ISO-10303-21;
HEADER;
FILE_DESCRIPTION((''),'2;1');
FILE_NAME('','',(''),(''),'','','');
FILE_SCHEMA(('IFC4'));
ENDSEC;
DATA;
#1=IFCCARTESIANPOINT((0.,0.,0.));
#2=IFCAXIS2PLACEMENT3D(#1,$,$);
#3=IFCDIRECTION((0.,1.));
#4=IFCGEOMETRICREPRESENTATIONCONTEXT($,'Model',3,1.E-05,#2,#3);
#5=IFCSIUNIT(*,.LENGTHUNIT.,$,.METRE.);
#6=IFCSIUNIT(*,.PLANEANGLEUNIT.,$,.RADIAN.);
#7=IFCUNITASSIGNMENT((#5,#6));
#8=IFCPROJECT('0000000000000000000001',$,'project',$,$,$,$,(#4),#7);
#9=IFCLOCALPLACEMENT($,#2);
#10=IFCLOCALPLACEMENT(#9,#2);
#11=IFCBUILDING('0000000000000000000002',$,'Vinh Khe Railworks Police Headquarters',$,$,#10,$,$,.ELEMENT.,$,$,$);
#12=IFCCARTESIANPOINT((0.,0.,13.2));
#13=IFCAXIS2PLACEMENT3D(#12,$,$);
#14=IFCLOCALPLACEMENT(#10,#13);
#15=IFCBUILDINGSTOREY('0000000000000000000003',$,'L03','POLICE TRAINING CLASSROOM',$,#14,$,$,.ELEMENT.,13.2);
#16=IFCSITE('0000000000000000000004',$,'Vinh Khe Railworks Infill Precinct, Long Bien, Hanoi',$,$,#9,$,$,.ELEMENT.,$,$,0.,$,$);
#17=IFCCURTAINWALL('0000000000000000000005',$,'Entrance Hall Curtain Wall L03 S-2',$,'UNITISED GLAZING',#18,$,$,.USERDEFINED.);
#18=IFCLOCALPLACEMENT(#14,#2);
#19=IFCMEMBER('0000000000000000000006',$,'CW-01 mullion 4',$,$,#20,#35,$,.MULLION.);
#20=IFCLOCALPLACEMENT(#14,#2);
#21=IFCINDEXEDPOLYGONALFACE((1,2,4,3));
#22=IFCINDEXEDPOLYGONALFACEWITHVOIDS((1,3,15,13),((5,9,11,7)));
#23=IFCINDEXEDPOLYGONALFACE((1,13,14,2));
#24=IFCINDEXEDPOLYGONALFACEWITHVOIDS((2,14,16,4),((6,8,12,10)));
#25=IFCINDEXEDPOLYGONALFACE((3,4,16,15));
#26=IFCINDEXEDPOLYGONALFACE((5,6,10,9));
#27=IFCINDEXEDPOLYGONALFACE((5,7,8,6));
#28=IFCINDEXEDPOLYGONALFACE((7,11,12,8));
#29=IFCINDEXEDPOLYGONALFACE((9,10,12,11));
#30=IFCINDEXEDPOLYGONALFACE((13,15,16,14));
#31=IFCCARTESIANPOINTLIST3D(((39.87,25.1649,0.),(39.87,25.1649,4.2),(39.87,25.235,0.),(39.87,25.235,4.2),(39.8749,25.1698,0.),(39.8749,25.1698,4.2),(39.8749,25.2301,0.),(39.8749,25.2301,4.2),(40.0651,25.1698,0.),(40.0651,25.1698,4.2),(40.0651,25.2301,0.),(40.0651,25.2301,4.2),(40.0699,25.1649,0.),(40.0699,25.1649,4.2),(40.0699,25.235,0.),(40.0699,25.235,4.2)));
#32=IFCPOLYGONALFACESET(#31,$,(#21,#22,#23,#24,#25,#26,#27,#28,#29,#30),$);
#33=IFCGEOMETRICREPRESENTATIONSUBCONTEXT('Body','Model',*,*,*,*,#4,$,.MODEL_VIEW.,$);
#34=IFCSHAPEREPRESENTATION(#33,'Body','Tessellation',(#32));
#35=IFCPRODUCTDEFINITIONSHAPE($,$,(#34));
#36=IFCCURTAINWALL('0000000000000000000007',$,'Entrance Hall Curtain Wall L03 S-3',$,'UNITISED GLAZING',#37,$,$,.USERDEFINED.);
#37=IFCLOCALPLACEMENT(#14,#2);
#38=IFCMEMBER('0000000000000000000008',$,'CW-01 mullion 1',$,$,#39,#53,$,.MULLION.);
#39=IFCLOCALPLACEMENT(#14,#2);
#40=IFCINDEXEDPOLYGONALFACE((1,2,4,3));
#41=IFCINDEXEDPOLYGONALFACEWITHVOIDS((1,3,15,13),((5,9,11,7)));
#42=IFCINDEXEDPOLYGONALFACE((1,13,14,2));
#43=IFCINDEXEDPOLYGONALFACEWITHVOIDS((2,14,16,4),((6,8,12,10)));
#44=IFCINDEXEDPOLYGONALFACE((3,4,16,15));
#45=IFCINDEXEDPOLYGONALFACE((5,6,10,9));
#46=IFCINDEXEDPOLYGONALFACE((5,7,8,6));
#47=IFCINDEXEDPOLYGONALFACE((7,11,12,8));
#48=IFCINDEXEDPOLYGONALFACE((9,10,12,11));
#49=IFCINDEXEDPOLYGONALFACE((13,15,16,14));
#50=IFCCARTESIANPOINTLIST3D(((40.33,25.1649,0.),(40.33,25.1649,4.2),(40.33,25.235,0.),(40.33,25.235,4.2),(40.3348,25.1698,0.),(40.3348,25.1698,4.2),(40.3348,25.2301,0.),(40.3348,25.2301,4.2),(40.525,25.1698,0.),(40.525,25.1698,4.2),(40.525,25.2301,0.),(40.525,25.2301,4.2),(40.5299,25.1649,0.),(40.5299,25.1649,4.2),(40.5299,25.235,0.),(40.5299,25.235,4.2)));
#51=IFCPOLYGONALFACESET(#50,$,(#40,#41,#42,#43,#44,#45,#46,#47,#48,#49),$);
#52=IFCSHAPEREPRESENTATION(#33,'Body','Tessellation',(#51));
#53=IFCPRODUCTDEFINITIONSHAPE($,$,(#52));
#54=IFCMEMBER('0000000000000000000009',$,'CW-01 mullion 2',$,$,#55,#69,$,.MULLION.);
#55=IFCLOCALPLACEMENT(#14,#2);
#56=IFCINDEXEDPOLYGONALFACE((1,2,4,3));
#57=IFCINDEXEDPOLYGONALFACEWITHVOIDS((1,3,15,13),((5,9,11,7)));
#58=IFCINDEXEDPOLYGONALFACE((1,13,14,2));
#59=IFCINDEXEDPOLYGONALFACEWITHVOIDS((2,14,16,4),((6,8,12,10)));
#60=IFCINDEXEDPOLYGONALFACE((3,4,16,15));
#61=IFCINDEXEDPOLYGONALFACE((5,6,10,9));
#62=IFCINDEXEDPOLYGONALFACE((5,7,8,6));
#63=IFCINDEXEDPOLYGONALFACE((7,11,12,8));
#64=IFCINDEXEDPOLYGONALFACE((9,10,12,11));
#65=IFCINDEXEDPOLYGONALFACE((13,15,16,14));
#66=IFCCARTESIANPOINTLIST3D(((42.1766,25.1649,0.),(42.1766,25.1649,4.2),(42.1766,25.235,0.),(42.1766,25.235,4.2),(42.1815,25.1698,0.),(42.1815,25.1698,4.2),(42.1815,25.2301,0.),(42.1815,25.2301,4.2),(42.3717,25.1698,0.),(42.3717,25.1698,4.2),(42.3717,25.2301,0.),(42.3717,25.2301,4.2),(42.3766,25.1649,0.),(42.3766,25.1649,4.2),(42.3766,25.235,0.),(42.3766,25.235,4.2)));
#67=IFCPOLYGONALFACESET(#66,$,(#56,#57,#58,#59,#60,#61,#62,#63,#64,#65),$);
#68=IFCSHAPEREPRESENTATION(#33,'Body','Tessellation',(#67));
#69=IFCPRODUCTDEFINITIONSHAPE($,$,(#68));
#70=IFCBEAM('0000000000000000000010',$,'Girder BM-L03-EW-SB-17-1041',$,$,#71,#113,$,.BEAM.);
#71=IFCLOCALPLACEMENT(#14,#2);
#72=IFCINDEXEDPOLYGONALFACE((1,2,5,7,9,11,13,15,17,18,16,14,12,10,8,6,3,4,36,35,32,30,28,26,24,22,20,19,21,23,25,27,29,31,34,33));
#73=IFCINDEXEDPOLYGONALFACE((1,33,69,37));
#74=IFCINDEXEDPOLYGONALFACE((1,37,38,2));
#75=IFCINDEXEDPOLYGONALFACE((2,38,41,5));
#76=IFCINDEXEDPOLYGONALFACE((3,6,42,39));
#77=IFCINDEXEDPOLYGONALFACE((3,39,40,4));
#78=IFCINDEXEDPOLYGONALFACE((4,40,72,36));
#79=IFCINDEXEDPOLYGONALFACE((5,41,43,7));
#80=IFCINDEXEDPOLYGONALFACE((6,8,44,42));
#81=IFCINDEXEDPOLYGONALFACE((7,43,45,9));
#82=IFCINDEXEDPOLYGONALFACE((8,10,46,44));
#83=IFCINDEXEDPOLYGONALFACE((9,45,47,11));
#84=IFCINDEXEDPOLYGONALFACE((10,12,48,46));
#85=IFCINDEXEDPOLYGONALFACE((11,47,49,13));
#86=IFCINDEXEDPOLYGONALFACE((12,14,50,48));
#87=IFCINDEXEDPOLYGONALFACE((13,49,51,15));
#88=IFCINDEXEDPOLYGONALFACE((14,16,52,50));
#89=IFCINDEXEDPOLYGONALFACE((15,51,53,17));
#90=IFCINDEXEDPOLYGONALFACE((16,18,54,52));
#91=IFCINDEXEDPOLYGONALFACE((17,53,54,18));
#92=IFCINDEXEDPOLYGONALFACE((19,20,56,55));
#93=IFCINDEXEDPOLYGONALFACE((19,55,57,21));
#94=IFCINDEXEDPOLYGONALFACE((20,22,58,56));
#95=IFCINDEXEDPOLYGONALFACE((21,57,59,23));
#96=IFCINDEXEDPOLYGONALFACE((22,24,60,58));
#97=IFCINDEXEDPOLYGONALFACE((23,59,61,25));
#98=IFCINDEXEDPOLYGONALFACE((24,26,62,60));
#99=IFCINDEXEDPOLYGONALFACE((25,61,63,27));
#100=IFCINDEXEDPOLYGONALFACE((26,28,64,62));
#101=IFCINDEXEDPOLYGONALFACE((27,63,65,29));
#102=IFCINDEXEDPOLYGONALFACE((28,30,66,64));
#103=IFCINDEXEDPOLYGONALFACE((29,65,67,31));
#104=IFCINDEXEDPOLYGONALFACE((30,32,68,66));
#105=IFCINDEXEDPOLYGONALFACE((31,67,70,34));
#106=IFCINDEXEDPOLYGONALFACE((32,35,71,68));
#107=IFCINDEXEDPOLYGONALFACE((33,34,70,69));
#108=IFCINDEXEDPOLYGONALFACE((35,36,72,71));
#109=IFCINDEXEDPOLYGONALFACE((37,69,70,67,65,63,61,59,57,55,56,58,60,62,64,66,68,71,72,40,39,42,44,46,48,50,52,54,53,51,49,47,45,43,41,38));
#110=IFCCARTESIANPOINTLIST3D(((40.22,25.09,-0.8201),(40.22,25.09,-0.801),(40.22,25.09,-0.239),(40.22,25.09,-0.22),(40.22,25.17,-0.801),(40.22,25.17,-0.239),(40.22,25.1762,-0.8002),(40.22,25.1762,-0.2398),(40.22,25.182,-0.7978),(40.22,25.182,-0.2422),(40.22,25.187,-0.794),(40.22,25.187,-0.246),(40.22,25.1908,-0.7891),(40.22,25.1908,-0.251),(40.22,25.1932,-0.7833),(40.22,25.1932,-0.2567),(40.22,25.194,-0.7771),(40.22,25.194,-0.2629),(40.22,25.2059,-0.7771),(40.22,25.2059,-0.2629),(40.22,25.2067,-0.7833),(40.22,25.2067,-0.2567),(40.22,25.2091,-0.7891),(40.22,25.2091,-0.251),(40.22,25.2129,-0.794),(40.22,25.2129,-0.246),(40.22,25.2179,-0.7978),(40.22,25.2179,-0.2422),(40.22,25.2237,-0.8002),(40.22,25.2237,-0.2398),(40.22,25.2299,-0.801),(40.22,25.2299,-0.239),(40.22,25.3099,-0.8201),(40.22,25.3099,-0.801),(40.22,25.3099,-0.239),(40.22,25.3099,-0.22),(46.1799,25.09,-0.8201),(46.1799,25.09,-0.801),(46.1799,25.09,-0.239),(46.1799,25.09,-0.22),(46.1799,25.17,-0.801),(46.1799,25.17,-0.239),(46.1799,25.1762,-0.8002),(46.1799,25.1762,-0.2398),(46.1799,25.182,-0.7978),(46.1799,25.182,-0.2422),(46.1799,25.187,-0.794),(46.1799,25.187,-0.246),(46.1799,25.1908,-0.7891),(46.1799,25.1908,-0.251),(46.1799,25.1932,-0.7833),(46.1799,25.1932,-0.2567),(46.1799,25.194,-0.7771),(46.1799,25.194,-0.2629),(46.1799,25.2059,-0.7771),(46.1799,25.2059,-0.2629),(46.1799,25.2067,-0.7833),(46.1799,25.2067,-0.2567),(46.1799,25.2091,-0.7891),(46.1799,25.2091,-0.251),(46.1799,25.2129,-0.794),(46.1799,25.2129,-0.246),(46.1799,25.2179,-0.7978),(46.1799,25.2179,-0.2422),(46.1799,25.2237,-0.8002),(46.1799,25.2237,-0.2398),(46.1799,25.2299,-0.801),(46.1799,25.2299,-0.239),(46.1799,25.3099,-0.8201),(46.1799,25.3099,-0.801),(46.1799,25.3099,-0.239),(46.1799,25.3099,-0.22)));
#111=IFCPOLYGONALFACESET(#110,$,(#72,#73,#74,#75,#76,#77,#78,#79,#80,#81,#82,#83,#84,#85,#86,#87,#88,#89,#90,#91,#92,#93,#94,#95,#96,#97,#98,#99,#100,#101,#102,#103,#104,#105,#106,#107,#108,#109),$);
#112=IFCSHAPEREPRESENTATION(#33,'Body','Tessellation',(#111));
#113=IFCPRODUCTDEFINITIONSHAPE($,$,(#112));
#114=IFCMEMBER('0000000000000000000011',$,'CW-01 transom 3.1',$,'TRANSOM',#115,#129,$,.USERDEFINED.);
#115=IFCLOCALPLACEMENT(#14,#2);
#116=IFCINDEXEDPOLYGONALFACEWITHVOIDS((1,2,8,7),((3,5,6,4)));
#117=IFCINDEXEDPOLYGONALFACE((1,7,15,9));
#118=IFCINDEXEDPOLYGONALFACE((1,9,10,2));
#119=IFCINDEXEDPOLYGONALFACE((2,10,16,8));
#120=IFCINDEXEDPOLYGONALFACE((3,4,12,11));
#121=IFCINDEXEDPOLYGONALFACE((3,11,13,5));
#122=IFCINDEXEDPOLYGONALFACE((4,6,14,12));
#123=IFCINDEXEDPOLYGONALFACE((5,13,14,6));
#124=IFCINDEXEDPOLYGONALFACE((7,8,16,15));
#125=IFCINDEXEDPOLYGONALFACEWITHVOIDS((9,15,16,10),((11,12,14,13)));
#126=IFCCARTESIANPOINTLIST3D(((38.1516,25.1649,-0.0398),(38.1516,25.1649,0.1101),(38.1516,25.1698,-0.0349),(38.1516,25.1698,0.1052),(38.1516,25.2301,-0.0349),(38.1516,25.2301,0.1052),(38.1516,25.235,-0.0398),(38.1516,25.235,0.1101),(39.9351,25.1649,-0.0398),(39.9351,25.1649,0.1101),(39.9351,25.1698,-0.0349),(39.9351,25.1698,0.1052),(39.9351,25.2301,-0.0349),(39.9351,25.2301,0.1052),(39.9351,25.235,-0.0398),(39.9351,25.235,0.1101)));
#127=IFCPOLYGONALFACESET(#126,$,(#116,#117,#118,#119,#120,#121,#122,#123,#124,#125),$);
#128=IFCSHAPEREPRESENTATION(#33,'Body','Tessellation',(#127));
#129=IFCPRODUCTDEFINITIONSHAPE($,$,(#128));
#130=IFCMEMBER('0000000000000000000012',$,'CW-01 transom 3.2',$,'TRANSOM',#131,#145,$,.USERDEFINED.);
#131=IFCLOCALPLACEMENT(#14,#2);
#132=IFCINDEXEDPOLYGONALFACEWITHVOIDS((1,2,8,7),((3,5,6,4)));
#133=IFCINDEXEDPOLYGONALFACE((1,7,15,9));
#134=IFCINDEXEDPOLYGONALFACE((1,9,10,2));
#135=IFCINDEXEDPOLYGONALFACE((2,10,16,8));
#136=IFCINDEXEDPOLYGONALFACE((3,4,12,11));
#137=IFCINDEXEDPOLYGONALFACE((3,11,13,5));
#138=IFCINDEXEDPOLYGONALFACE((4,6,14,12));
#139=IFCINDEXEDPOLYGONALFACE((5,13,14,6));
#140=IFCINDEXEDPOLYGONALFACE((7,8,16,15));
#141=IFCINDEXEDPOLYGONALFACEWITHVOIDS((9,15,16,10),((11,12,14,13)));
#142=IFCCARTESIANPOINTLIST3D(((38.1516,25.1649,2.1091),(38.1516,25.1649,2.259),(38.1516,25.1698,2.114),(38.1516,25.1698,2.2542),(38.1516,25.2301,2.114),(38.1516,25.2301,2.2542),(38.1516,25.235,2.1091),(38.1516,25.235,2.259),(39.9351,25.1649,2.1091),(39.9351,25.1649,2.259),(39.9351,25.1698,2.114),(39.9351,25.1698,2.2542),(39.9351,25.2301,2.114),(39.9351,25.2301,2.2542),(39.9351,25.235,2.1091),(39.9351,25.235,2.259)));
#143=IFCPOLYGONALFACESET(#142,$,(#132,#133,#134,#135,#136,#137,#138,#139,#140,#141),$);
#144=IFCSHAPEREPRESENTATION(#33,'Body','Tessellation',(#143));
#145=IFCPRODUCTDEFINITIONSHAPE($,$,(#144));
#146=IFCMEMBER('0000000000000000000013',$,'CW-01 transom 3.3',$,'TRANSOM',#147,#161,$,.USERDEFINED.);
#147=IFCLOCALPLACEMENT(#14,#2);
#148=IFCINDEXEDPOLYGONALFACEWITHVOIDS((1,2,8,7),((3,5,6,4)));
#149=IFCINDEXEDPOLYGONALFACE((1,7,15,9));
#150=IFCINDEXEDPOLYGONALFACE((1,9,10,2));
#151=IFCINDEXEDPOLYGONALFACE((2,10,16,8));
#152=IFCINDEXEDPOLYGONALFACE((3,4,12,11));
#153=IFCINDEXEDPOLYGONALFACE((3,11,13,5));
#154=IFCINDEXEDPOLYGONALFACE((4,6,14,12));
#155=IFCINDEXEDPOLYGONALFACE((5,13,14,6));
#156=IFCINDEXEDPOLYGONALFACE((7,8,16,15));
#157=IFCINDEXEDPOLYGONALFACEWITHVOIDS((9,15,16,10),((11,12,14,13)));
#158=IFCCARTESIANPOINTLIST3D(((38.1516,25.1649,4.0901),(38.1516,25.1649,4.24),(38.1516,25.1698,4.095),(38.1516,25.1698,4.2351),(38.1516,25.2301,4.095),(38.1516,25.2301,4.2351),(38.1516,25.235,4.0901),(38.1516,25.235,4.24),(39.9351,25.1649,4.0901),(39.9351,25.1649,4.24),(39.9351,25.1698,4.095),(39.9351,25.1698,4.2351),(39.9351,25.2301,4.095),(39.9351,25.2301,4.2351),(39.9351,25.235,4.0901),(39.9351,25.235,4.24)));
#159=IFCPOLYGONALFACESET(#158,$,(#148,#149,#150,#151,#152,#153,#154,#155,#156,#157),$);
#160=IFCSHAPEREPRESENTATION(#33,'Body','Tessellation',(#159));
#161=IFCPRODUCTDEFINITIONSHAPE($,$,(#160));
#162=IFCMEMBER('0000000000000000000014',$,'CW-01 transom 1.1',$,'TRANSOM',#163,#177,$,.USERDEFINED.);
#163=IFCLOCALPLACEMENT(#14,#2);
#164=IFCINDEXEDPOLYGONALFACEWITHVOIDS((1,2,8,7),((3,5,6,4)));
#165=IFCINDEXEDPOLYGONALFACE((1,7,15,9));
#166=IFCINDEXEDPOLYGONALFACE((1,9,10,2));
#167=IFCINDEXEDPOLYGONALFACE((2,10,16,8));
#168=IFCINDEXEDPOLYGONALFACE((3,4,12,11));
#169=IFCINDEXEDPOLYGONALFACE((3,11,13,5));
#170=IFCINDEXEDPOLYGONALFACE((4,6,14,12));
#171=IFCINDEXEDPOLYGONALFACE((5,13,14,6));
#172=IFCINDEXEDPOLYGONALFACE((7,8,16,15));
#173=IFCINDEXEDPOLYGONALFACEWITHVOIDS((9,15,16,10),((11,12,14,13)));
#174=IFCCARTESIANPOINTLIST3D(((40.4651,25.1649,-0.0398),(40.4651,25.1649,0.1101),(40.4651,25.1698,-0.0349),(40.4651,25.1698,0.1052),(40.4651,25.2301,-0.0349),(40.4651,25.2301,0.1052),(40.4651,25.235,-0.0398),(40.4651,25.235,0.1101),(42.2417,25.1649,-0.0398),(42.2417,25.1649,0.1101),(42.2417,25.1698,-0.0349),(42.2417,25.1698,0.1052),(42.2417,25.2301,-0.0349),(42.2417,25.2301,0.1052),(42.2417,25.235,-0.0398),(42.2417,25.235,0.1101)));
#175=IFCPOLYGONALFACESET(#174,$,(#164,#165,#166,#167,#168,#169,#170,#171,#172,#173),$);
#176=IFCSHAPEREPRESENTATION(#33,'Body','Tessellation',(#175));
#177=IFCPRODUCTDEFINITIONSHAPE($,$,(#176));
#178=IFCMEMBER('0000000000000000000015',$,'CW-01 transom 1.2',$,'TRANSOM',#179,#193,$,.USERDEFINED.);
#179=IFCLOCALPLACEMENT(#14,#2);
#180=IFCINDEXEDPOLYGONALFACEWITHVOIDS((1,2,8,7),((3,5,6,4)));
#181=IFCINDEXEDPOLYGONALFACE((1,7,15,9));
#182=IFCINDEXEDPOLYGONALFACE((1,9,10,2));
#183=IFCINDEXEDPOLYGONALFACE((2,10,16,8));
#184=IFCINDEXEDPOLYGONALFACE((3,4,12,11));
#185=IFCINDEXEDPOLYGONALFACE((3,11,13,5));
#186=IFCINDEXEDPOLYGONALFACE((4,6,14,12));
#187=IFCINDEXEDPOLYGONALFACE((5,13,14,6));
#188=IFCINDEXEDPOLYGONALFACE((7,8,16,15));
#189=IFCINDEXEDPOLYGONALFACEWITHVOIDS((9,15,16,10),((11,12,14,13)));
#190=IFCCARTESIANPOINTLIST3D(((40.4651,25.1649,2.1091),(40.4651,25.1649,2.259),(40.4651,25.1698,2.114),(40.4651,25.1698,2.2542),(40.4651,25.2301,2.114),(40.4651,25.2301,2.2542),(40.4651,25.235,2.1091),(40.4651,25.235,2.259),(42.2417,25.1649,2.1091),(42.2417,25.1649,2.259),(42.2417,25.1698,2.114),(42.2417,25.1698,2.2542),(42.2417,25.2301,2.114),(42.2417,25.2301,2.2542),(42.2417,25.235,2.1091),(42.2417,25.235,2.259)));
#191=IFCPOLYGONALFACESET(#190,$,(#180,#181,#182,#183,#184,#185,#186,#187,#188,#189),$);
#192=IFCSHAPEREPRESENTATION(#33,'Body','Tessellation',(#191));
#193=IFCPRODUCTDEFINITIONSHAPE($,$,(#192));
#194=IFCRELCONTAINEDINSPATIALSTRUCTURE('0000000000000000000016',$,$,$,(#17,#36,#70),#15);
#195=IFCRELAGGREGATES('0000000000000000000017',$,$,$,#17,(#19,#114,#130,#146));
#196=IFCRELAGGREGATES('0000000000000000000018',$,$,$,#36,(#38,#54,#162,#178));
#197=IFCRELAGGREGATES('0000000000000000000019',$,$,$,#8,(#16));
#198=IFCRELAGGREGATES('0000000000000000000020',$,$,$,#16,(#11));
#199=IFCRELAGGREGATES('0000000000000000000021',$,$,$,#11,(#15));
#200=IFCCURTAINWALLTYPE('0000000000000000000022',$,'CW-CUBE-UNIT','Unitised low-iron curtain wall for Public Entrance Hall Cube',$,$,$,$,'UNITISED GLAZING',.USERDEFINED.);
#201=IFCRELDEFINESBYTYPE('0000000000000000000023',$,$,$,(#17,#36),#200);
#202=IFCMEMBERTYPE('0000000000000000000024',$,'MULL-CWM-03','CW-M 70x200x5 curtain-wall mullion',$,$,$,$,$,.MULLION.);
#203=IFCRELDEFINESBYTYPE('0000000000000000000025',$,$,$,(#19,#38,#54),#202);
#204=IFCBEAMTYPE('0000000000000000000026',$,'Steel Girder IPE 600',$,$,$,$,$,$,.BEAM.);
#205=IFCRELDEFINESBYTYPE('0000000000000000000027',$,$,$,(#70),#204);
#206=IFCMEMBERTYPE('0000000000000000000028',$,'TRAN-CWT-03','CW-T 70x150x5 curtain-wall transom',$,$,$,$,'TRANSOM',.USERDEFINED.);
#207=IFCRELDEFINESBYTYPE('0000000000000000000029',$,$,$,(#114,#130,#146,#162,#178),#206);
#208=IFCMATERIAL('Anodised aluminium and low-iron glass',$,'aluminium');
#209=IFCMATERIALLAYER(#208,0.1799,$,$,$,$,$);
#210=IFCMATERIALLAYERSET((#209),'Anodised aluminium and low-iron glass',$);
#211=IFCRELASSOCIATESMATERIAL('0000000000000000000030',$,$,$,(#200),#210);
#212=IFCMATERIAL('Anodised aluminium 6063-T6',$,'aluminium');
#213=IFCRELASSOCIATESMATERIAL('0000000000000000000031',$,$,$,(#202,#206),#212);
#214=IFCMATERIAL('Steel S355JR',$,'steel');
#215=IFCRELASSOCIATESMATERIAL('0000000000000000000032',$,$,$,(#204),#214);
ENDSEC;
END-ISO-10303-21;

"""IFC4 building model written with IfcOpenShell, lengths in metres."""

from ifc_helpers import new_model, si_unit, direction, frame, origin, origin_2d, place, context, subcontext, project, spatial, hollow_rectangle, i_section, extrude, material, layer, layer_set, material_profile, profile_set, type_object, element, aggregate, save


model = new_model("IFC4")

# Units and contexts
model_context = context("Model", 3, precision=1e-05, world=origin(), true_north=direction((0.0, 1.0)))
body_context = subcontext(model_context, "Body", "Model", "MODEL_VIEW")
ifc_project = project(units=[si_unit("LENGTHUNIT", "METRE"), si_unit("PLANEANGLEUNIT", "RADIAN")], contexts=[model_context])

# Site, building, storey
site_placement = place(None, origin())
site = spatial("IfcSite", under=ifc_project, at=site_placement, Name="Vinh Khe Railworks Infill Precinct, Long Bien, Hanoi", CompositionType="ELEMENT", RefElevation=0.0)
building_placement = place(site_placement, origin())
building = spatial("IfcBuilding", under=site, at=building_placement, Name="Vinh Khe Railworks Police Headquarters", CompositionType="ELEMENT")
storey_placement = place(building_placement, frame((0.0, 0.0, 13.2)))
storey = spatial("IfcBuildingStorey", under=building, at=storey_placement, Name="L03", Description="POLICE TRAINING CLASSROOM", CompositionType="ELEMENT", Elevation=13.2)

# Shared definitions
ifc_material_1 = material(Name="Steel S355JR", Category="steel")

# Curtain walls, members
ifc_material_2 = material(Name="Anodised aluminium and low-iron glass", Category="aluminium")
ifc_layer_1 = layer(ifc_material_2, 0.1799)
ifc_layer_set_1 = layer_set([ifc_layer_1], Name="Anodised aluminium and low-iron glass")
curtain_wall_type = type_object("IfcCurtainWallType", Name="CW-CUBE-UNIT", Description="Unitised low-iron curtain wall for Public Entrance Hall Cube", ElementType="UNITISED GLAZING", PredefinedType="USERDEFINED", material=ifc_layer_set_1)
curtain_wall_1_placement = place(storey_placement, origin())
curtain_wall_1 = element("IfcCurtainWall", 1, at=curtain_wall_1_placement, inside=storey, type_object=curtain_wall_type, Name="Entrance Hall Curtain Wall L03 S-2", ObjectType="UNITISED GLAZING", PredefinedType="USERDEFINED")
ifc_material_3 = material(Name="Anodised aluminium 6063-T6", Category="aluminium")
ifc_material_profile_1 = material_profile(ifc_material_3, hollow_rectangle(XDim=0.0701, YDim=0.2, WallThickness=0.0049, at=origin_2d()), Name="CW-M 70x200x5")
ifc_profile_set_1 = profile_set([ifc_material_profile_1], Name="Anodised aluminium 6063-T6")
member_type_1 = type_object("IfcMemberType", Name="MULL-CWM-03", Description="CW-M 70x200x5 curtain-wall mullion", PredefinedType="MULLION", material=ifc_profile_set_1)
member_1_placement = place(storey_placement, frame((39.97, 25.2, 0.0), z_axis=(0.0, 0.0, 1.0), x_axis=(0.0, 1.0, 0.0)))
member_1 = element("IfcMember", 2, at=member_1_placement, type_object=member_type_1, Name="CW-01 mullion 4", PredefinedType="MULLION", context=body_context, shape_type="SweptSolid", body=[
    extrude(hollow_rectangle(XDim=0.0701, YDim=0.2, WallThickness=0.0049, at=origin_2d()), origin(), (0.0, 0.0, 1.0), 4.2),
])
curtain_wall_2_placement = place(storey_placement, origin())
curtain_wall_2 = element("IfcCurtainWall", 3, at=curtain_wall_2_placement, inside=storey, type_object=curtain_wall_type, Name="Entrance Hall Curtain Wall L03 S-3", ObjectType="UNITISED GLAZING", PredefinedType="USERDEFINED")
member_2_placement = place(storey_placement, frame((40.4299, 25.2, 0.0), z_axis=(0.0, 0.0, 1.0), x_axis=(0.0, 1.0, 0.0)))
member_2 = element("IfcMember", 4, at=member_2_placement, type_object=member_type_1, Name="CW-01 mullion 1", PredefinedType="MULLION", context=body_context, shape_type="SweptSolid", body=[
    extrude(hollow_rectangle(XDim=0.0701, YDim=0.2, WallThickness=0.0049, at=origin_2d()), origin(), (0.0, 0.0, 1.0), 4.2),
])
member_3_placement = place(storey_placement, frame((42.2766, 25.2, 0.0), z_axis=(0.0, 0.0, 1.0), x_axis=(0.0, 1.0, 0.0)))
member_3 = element("IfcMember", 5, at=member_3_placement, type_object=member_type_1, Name="CW-01 mullion 2", PredefinedType="MULLION", context=body_context, shape_type="SweptSolid", body=[
    extrude(hollow_rectangle(XDim=0.0701, YDim=0.2, WallThickness=0.0049, at=origin_2d()), origin(), (0.0, 0.0, 1.0), 4.2),
])

# Beam
ifc_material_profile_2 = material_profile(ifc_material_1, i_section(OverallWidth=0.22, OverallDepth=0.6001, WebThickness=0.012, FlangeThickness=0.019, FilletRadius=0.0239, at=origin_2d()), Name="IPE 600")
ifc_profile_set_2 = profile_set([ifc_material_profile_2], Name="Steel S355JR")
beam_type = type_object("IfcBeamType", Name="Steel Girder IPE 600", PredefinedType="BEAM", material=ifc_profile_set_2)
beam_placement = place(storey_placement, frame((40.22, 25.2, -0.52), z_axis=(1.0, 0.0, 0.0), x_axis=(0.0, 1.0, 0.0)))
element("IfcBeam", 6, at=beam_placement, inside=storey, type_object=beam_type, Name="Girder BM-L03-EW-SB-17-1041", PredefinedType="BEAM", context=body_context, shape_type="SweptSolid", body=[
    extrude(i_section(OverallWidth=0.22, OverallDepth=0.6001, WebThickness=0.012, FlangeThickness=0.019, FilletRadius=0.0239, at=origin_2d()), origin(), (0.0, 0.0, 1.0), 5.96),
])

# Members
ifc_material_profile_3 = material_profile(ifc_material_3, hollow_rectangle(XDim=0.0701, YDim=0.1499, WallThickness=0.0049, at=origin_2d()), Name="CW-T 70x150x5")
ifc_profile_set_3 = profile_set([ifc_material_profile_3], Name="Anodised aluminium 6063-T6")
member_type_2 = type_object("IfcMemberType", Name="TRAN-CWT-03", Description="CW-T 70x150x5 curtain-wall transom", ElementType="TRANSOM", PredefinedType="USERDEFINED", material=ifc_profile_set_3)
member_4_placement = place(storey_placement, frame((38.1516, 25.2, 0.0352), z_axis=(1.0, 0.0, 0.0), x_axis=(0.0, 1.0, 0.0)))
member_4 = element("IfcMember", 7, at=member_4_placement, type_object=member_type_2, Name="CW-01 transom 3.1", ObjectType="TRANSOM", PredefinedType="USERDEFINED", context=body_context, shape_type="SweptSolid", body=[
    extrude(hollow_rectangle(XDim=0.0701, YDim=0.1499, WallThickness=0.0049, at=origin_2d()), origin(), (0.0, 0.0, 1.0), 1.7834),
])
member_5_placement = place(storey_placement, frame((38.1516, 25.2, 2.1841), z_axis=(1.0, 0.0, 0.0), x_axis=(0.0, 1.0, 0.0)))
member_5 = element("IfcMember", 8, at=member_5_placement, type_object=member_type_2, Name="CW-01 transom 3.2", ObjectType="TRANSOM", PredefinedType="USERDEFINED", context=body_context, shape_type="SweptSolid", body=[
    extrude(hollow_rectangle(XDim=0.0701, YDim=0.1499, WallThickness=0.0049, at=origin_2d()), origin(), (0.0, 0.0, 1.0), 1.7834),
])
member_6_placement = place(storey_placement, frame((38.1516, 25.2, 4.165), z_axis=(1.0, 0.0, 0.0), x_axis=(0.0, 1.0, 0.0)))
member_6 = element("IfcMember", 9, at=member_6_placement, type_object=member_type_2, Name="CW-01 transom 3.3", ObjectType="TRANSOM", PredefinedType="USERDEFINED", context=body_context, shape_type="SweptSolid", body=[
    extrude(hollow_rectangle(XDim=0.0701, YDim=0.1499, WallThickness=0.0049, at=origin_2d()), origin(), (0.0, 0.0, 1.0), 1.7834),
])
member_7_placement = place(storey_placement, frame((40.4651, 25.2, 0.0352), z_axis=(1.0, 0.0, 0.0), x_axis=(0.0, 1.0, 0.0)))
member_7 = element("IfcMember", 10, at=member_7_placement, type_object=member_type_2, Name="CW-01 transom 1.1", ObjectType="TRANSOM", PredefinedType="USERDEFINED", context=body_context, shape_type="SweptSolid", body=[
    extrude(hollow_rectangle(XDim=0.0701, YDim=0.1499, WallThickness=0.0049, at=origin_2d()), origin(), (0.0, 0.0, 1.0), 1.7766),
])
member_8_placement = place(storey_placement, frame((40.4651, 25.2, 2.1841), z_axis=(1.0, 0.0, 0.0), x_axis=(0.0, 1.0, 0.0)))
member_8 = element("IfcMember", 11, at=member_8_placement, type_object=member_type_2, Name="CW-01 transom 1.2", ObjectType="TRANSOM", PredefinedType="USERDEFINED", context=body_context, shape_type="SweptSolid", body=[
    extrude(hollow_rectangle(XDim=0.0701, YDim=0.1499, WallThickness=0.0049, at=origin_2d()), origin(), (0.0, 0.0, 1.0), 1.7766),
])

aggregate(curtain_wall_1, [member_1, member_4, member_5, member_6])
aggregate(curtain_wall_2, [member_2, member_3, member_7, member_8])

save(model, "model.ifc")
